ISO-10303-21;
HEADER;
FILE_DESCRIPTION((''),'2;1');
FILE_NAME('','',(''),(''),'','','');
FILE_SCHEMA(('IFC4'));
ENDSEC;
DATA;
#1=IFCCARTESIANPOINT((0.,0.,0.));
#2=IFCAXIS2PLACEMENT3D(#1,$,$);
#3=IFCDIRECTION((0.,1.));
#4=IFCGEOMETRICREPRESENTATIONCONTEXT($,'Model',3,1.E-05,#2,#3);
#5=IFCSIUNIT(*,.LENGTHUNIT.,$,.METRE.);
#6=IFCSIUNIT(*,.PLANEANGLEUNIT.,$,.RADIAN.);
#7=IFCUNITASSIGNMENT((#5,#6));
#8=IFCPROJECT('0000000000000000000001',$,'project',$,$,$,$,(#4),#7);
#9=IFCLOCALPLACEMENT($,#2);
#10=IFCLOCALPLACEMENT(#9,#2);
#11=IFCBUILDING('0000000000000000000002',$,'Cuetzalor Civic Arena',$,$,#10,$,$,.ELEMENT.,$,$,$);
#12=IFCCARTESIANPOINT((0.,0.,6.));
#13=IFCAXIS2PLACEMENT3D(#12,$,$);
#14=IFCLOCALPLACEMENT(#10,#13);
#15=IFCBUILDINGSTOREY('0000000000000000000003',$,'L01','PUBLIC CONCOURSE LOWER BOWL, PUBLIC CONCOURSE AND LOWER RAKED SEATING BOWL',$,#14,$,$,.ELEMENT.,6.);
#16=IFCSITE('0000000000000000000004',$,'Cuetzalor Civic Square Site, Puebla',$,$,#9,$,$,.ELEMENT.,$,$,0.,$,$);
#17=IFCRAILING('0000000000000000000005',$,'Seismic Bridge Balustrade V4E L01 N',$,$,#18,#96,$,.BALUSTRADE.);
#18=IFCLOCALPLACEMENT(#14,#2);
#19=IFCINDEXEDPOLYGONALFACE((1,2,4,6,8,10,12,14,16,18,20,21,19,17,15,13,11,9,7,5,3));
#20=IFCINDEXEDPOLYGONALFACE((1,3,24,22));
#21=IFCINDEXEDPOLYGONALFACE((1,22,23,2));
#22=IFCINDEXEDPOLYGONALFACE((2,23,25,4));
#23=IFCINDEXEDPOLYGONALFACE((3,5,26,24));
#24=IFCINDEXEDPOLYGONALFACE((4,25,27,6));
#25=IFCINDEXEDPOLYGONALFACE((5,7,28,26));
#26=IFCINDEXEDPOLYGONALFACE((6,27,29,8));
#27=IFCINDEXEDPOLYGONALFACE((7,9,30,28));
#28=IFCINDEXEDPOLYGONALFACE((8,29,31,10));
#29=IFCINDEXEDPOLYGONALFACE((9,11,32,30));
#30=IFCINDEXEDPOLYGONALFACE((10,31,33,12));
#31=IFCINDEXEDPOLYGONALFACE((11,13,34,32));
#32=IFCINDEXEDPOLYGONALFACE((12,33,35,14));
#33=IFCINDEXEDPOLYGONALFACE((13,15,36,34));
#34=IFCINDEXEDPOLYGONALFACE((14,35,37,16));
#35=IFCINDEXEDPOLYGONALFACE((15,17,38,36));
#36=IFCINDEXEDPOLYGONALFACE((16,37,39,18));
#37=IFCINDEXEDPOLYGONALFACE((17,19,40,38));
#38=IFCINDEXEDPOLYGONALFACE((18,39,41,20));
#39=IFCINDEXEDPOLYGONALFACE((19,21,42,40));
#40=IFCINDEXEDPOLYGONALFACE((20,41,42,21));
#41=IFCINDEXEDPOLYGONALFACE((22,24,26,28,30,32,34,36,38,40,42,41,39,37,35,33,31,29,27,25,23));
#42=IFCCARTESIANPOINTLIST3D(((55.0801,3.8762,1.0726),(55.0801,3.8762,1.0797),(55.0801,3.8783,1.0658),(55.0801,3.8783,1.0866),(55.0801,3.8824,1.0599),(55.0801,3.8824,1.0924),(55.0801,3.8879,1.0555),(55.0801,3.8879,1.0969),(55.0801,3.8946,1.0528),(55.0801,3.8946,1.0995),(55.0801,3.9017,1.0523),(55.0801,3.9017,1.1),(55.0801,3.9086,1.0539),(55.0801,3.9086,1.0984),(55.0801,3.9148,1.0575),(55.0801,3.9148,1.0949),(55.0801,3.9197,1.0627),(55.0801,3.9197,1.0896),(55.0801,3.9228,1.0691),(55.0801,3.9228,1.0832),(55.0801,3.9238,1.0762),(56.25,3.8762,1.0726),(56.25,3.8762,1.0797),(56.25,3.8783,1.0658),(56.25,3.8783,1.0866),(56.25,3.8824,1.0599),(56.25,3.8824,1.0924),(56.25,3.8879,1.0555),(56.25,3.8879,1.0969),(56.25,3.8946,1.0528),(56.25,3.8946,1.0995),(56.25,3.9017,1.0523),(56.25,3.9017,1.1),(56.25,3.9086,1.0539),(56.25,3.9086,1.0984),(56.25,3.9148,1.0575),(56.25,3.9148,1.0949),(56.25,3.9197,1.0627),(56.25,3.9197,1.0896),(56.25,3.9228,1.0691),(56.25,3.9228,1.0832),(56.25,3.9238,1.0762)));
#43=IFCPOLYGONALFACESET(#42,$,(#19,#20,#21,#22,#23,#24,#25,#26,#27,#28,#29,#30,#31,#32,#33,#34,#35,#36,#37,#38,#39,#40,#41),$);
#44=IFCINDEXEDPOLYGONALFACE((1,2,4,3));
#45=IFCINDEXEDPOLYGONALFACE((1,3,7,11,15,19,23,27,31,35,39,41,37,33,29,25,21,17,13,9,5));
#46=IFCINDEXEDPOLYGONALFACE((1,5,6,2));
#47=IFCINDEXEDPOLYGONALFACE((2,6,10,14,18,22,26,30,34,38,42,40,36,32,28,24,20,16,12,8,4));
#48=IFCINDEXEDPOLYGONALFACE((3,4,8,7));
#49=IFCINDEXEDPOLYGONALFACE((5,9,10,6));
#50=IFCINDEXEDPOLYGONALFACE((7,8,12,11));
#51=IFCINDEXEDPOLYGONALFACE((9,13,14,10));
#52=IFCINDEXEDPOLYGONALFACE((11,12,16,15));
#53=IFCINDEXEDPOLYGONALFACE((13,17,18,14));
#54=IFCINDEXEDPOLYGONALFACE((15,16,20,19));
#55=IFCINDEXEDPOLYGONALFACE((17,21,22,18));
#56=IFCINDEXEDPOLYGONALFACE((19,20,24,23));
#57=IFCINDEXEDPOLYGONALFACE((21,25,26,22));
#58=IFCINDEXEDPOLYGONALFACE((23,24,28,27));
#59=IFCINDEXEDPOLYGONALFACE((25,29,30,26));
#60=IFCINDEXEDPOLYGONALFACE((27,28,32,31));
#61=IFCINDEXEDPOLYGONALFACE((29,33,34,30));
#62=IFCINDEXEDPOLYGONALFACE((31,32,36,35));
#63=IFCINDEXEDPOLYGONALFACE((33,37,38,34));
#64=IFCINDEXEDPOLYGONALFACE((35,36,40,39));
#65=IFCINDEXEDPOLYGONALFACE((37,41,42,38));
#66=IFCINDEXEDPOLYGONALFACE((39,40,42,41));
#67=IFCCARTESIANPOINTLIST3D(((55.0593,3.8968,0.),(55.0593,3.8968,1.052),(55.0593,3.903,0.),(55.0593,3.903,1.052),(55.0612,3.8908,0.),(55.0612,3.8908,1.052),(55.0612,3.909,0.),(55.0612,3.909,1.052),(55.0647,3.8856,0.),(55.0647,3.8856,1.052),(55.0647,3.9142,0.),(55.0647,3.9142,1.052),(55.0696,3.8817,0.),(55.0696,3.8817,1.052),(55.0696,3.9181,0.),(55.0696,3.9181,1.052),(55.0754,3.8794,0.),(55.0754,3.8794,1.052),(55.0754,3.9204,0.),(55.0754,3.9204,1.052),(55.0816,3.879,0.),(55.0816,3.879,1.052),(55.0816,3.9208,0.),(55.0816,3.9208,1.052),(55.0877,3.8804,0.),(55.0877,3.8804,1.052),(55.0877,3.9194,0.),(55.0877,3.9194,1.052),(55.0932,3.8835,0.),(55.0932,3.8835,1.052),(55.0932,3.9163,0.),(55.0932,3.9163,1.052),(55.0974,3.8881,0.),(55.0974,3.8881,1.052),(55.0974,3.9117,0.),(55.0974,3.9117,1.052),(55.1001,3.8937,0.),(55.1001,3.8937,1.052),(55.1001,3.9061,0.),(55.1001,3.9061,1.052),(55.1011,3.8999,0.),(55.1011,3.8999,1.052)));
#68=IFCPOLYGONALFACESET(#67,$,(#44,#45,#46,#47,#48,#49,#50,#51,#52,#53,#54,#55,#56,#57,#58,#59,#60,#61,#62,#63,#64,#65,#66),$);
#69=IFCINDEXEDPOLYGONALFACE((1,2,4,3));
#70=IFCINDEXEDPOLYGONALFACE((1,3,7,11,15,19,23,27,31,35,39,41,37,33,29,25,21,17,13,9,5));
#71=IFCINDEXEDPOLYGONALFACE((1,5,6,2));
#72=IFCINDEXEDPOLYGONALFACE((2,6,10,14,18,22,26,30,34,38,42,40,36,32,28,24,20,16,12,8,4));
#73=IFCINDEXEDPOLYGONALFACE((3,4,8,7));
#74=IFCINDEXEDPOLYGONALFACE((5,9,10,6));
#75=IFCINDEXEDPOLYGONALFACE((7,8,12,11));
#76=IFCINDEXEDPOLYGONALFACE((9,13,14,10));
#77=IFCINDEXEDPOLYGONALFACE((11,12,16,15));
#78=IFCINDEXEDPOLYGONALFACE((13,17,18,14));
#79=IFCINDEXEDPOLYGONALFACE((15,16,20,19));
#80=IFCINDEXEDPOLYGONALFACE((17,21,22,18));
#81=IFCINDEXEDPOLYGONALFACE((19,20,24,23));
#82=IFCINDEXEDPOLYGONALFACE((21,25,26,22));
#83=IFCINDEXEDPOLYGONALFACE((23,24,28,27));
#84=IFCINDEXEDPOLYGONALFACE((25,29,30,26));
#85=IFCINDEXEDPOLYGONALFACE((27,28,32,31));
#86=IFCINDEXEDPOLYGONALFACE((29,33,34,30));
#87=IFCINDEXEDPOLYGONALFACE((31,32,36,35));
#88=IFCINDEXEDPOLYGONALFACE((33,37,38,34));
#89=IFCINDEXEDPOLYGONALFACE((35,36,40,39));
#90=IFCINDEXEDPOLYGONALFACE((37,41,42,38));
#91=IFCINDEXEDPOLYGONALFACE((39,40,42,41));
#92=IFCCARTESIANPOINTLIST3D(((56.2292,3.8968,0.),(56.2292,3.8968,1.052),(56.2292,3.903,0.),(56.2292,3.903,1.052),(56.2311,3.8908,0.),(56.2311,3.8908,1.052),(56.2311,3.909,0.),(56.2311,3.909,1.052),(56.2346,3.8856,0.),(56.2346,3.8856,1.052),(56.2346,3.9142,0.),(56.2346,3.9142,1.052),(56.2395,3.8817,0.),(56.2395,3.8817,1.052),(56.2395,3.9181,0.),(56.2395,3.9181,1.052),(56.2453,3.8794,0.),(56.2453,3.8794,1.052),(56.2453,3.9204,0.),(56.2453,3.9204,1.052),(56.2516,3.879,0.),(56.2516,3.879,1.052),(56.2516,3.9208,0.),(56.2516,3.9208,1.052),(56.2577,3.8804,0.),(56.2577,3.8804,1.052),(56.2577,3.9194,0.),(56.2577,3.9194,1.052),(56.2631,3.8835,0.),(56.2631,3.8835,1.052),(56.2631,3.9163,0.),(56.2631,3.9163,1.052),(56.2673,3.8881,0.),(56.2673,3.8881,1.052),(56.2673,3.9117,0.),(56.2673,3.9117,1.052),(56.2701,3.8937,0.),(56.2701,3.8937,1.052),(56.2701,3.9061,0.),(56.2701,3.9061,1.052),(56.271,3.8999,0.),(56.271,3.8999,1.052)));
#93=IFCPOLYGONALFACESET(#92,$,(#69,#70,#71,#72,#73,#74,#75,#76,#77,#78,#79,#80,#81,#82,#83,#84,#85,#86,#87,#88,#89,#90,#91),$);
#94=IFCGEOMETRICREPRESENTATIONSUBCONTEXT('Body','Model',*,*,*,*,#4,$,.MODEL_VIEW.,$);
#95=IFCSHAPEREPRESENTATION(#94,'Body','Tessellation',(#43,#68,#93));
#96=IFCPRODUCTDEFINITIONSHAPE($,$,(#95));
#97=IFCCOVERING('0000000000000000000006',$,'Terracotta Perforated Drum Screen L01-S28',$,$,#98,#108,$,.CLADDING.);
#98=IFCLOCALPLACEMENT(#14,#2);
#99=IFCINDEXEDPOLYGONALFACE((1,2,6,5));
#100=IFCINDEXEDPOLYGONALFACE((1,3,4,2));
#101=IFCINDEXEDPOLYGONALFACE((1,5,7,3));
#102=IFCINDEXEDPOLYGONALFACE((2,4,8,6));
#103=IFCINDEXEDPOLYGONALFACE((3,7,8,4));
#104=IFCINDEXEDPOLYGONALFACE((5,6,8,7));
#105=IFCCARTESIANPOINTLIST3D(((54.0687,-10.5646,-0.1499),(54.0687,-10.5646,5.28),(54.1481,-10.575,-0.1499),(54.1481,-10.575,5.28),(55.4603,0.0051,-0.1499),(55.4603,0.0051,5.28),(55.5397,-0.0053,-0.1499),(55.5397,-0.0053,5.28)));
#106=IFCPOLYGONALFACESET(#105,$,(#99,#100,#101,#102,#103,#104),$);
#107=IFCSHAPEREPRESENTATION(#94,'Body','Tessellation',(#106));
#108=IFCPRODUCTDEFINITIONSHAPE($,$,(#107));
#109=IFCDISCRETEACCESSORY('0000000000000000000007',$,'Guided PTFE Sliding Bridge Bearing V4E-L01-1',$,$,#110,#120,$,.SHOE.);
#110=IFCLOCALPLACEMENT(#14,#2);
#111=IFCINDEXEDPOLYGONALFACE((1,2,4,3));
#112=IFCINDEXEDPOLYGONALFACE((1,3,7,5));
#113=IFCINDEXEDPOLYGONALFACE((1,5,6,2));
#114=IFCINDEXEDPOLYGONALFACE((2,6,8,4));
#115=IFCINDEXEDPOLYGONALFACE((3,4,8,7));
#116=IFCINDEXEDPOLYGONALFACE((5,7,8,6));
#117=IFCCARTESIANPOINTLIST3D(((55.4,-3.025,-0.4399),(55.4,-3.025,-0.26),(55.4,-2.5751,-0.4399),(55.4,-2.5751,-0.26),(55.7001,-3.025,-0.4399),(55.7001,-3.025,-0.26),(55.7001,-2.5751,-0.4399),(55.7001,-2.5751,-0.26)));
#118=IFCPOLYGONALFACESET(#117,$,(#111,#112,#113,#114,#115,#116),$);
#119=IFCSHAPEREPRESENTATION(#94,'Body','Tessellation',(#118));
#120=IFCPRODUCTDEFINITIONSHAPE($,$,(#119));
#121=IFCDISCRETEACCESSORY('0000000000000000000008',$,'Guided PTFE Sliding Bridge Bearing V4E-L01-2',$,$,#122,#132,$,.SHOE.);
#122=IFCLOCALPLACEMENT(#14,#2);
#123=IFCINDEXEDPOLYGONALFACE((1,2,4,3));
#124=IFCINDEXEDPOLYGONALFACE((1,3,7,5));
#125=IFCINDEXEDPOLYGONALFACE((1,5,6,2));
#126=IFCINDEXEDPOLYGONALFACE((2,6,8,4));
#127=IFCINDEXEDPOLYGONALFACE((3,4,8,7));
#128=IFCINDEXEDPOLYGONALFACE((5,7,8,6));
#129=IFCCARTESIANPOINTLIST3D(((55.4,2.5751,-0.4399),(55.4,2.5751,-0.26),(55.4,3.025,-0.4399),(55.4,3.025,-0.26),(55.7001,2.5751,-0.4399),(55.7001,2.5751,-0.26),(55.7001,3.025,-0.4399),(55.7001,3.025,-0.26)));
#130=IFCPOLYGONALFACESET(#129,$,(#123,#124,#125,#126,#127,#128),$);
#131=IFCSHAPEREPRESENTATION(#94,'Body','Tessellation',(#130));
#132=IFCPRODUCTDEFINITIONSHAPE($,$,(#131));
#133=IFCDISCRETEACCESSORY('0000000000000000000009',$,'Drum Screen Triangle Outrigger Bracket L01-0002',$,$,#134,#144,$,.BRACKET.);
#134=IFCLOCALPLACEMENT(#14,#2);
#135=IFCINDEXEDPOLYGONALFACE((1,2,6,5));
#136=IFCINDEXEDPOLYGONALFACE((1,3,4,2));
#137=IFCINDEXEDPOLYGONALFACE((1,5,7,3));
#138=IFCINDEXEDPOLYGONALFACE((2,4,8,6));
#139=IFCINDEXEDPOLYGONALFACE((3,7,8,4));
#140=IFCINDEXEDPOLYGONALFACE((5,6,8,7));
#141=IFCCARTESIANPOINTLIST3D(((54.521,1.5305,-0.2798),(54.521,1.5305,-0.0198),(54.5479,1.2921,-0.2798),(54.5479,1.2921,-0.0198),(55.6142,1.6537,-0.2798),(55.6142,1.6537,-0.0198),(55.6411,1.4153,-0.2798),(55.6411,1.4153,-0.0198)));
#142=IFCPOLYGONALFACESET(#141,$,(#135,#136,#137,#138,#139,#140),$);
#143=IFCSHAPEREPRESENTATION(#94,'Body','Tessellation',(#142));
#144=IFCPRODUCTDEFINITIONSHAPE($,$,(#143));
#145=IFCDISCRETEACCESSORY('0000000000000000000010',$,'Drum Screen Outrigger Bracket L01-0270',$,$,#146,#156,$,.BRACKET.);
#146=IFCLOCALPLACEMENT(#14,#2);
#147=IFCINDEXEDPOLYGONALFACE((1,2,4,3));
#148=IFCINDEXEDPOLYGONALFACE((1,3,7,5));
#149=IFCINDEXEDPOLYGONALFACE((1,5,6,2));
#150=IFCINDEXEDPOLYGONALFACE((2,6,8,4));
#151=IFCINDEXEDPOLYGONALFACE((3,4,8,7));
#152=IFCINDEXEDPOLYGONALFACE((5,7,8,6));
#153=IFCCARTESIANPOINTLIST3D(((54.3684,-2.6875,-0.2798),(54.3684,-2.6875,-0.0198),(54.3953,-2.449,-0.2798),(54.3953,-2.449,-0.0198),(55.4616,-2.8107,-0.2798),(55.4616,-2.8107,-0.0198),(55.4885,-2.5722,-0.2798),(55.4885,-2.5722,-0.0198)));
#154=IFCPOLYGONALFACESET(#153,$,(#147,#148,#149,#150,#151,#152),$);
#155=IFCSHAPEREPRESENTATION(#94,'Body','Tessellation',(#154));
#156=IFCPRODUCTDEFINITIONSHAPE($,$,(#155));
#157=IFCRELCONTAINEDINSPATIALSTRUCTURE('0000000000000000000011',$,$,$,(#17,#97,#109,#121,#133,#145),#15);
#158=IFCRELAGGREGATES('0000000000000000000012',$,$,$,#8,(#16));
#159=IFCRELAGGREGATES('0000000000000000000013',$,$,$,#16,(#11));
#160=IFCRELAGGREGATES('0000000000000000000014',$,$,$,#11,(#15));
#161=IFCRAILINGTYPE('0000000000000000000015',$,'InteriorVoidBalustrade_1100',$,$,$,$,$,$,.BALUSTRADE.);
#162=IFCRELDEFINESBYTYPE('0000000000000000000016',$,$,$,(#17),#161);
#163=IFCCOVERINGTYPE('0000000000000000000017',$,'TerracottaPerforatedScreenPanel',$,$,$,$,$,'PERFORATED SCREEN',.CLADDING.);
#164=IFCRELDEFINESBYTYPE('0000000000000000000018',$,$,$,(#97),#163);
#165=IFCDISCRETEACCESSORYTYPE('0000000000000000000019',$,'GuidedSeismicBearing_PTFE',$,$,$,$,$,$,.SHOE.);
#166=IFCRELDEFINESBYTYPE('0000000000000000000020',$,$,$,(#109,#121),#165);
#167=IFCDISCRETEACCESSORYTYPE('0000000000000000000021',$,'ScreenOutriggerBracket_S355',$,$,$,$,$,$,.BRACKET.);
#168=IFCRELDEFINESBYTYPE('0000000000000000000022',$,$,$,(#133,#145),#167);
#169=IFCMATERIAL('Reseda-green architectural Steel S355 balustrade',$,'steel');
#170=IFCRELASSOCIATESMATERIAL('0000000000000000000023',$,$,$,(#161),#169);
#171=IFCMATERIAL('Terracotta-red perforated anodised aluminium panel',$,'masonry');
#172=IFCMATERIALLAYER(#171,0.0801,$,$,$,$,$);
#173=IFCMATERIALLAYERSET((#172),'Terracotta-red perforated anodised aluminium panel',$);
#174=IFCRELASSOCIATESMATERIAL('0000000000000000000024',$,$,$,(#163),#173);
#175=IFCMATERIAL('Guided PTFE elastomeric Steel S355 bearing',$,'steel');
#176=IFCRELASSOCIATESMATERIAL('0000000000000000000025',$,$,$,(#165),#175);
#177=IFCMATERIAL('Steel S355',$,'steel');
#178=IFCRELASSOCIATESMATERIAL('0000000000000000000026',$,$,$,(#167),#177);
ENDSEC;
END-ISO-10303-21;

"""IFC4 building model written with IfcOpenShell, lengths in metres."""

from ifc_helpers import new_model, si_unit, direction, frame, frame_2d, origin, origin_2d, place, context, subcontext, project, spatial, rectangle, circle, extrude, material, layer, layer_set, type_object, element, save


model = new_model("IFC4")

# Units and contexts
model_context = context("Model", 3, precision=1e-05, world=origin(), true_north=direction((0.0, 1.0)))
body_context = subcontext(model_context, "Body", "Model", "MODEL_VIEW")
ifc_project = project(units=[si_unit("LENGTHUNIT", "METRE"), si_unit("PLANEANGLEUNIT", "RADIAN")], contexts=[model_context])

# Site, building, storey
site_placement = place(None, origin())
site = spatial("IfcSite", under=ifc_project, at=site_placement, Name="Cuetzalor Civic Square Site, Puebla", CompositionType="ELEMENT", RefElevation=0.0)
building_placement = place(site_placement, origin())
building = spatial("IfcBuilding", under=site, at=building_placement, Name="Cuetzalor Civic Arena", CompositionType="ELEMENT")
storey_placement = place(building_placement, frame((0.0, 0.0, 6.0)))
storey = spatial("IfcBuildingStorey", under=building, at=storey_placement, Name="L01", Description="PUBLIC CONCOURSE LOWER BOWL, PUBLIC CONCOURSE AND LOWER RAKED SEATING BOWL", CompositionType="ELEMENT", Elevation=6.0)

# Railing
ifc_material_1 = material(Name="Reseda-green architectural Steel S355 balustrade", Category="steel")
railing_type_1 = type_object("IfcRailingType", Name="InteriorVoidBalustrade_1100", PredefinedType="BALUSTRADE", material=ifc_material_1)
for number, where, name in (
    (1, (55.0801, 3.8999, 0.0), "Seismic Bridge Balustrade V4E L01 N"),
):
    element("IfcRailing", number, at=place(storey_placement, frame(where)), inside=storey, type_object=railing_type_1, Name=name, PredefinedType="BALUSTRADE", context=body_context, shape_type="SweptSolid", body=[
        extrude(circle(Radius=0.0239, at=origin_2d()), frame((0.0, 0.0, 1.0762), z_axis=(1.0, 0.0, 0.0), x_axis=(0.0, 1.0, 0.0)), (0.0, 0.0, 1.0), 1.1699),
        extrude(circle(Radius=0.021, at=origin_2d()), origin(), (0.0, 0.0, 1.0), 1.052),
        extrude(circle(Radius=0.021, at=origin_2d()), frame((1.1699, 0.0, 0.0)), (0.0, 0.0, 1.0), 1.052),
    ])

# Covering
ifc_material_2 = material(Name="Terracotta-red perforated anodised aluminium panel", Category="masonry")
ifc_layer_1 = layer(ifc_material_2, 0.0801)
ifc_layer_set_1 = layer_set([ifc_layer_1], Name="Terracotta-red perforated anodised aluminium panel")
covering_type = type_object("IfcCoveringType", Name="TerracottaPerforatedScreenPanel", ElementType="PERFORATED SCREEN", PredefinedType="CLADDING", material=ifc_layer_set_1)
covering_placement = place(storey_placement, frame((55.5, 0.0, -0.1499), z_axis=(0.0, 0.0, 1.0), x_axis=(-0.130534, -0.991444, 0.0)))
element("IfcCovering", 2, at=covering_placement, inside=storey, type_object=covering_type, Name="Terracotta Perforated Drum Screen L01-S28", PredefinedType="CLADDING", context=body_context, shape_type="SweptSolid", body=[
    extrude(rectangle(XDim=10.6609, YDim=0.0801, at=frame_2d((5.3306, 0.0))), origin(), (0.0, 0.0, 1.0), 5.4299),
])

# Discrete accessories
ifc_material_3 = material(Name="Guided PTFE elastomeric Steel S355 bearing", Category="steel")
discrete_accessory_type_1 = type_object("IfcDiscreteAccessoryType", Name="GuidedSeismicBearing_PTFE", PredefinedType="SHOE", material=ifc_material_3)
for number, where, z_axis, x_axis, name in (
    (3, (55.55, -2.8, -0.4399), (0.0, 0.0, 1.0), (1.0, 0.0, 0.0), "Guided PTFE Sliding Bridge Bearing V4E-L01-1"),
    (4, (55.55, 2.8, -0.4399), (0.0, 0.0, 1.0), (1.0, 0.0, 0.0), "Guided PTFE Sliding Bridge Bearing V4E-L01-2"),
):
    element("IfcDiscreteAccessory", number, at=place(storey_placement, frame(where, z_axis=z_axis, x_axis=x_axis)), inside=storey, type_object=discrete_accessory_type_1, Name=name, PredefinedType="SHOE", context=body_context, shape_type="SweptSolid", body=[
        extrude(rectangle(XDim=0.3, YDim=0.45, at=origin_2d()), origin(), (0.0, 0.0, 1.0), 0.1799),
    ])
ifc_material_4 = material(Name="Steel S355", Category="steel")
discrete_accessory_type_2 = type_object("IfcDiscreteAccessoryType", Name="ScreenOutriggerBracket_S355", PredefinedType="BRACKET", material=ifc_material_4)
for number, where, z_axis, x_axis, name in (
    (5, (55.0811, 1.4729, -0.2798), (0.0, 0.0, 1.0), (0.993709, 0.111989, 0.0), "Drum Screen Triangle Outrigger Bracket L01-0002"),
    (6, (54.9285, -2.6299, -0.2798), (0.0, 0.0, 1.0), (0.993709, -0.111989, 0.0), "Drum Screen Outrigger Bracket L01-0270"),
):
    element("IfcDiscreteAccessory", number, at=place(storey_placement, frame(where, z_axis=z_axis, x_axis=x_axis)), inside=storey, type_object=discrete_accessory_type_2, Name=name, PredefinedType="BRACKET", context=body_context, shape_type="SweptSolid", body=[
        extrude(rectangle(XDim=1.1001, YDim=0.24, at=origin_2d()), origin(), (0.0, 0.0, 1.0), 0.26),
    ])

save(model, "model.ifc")
